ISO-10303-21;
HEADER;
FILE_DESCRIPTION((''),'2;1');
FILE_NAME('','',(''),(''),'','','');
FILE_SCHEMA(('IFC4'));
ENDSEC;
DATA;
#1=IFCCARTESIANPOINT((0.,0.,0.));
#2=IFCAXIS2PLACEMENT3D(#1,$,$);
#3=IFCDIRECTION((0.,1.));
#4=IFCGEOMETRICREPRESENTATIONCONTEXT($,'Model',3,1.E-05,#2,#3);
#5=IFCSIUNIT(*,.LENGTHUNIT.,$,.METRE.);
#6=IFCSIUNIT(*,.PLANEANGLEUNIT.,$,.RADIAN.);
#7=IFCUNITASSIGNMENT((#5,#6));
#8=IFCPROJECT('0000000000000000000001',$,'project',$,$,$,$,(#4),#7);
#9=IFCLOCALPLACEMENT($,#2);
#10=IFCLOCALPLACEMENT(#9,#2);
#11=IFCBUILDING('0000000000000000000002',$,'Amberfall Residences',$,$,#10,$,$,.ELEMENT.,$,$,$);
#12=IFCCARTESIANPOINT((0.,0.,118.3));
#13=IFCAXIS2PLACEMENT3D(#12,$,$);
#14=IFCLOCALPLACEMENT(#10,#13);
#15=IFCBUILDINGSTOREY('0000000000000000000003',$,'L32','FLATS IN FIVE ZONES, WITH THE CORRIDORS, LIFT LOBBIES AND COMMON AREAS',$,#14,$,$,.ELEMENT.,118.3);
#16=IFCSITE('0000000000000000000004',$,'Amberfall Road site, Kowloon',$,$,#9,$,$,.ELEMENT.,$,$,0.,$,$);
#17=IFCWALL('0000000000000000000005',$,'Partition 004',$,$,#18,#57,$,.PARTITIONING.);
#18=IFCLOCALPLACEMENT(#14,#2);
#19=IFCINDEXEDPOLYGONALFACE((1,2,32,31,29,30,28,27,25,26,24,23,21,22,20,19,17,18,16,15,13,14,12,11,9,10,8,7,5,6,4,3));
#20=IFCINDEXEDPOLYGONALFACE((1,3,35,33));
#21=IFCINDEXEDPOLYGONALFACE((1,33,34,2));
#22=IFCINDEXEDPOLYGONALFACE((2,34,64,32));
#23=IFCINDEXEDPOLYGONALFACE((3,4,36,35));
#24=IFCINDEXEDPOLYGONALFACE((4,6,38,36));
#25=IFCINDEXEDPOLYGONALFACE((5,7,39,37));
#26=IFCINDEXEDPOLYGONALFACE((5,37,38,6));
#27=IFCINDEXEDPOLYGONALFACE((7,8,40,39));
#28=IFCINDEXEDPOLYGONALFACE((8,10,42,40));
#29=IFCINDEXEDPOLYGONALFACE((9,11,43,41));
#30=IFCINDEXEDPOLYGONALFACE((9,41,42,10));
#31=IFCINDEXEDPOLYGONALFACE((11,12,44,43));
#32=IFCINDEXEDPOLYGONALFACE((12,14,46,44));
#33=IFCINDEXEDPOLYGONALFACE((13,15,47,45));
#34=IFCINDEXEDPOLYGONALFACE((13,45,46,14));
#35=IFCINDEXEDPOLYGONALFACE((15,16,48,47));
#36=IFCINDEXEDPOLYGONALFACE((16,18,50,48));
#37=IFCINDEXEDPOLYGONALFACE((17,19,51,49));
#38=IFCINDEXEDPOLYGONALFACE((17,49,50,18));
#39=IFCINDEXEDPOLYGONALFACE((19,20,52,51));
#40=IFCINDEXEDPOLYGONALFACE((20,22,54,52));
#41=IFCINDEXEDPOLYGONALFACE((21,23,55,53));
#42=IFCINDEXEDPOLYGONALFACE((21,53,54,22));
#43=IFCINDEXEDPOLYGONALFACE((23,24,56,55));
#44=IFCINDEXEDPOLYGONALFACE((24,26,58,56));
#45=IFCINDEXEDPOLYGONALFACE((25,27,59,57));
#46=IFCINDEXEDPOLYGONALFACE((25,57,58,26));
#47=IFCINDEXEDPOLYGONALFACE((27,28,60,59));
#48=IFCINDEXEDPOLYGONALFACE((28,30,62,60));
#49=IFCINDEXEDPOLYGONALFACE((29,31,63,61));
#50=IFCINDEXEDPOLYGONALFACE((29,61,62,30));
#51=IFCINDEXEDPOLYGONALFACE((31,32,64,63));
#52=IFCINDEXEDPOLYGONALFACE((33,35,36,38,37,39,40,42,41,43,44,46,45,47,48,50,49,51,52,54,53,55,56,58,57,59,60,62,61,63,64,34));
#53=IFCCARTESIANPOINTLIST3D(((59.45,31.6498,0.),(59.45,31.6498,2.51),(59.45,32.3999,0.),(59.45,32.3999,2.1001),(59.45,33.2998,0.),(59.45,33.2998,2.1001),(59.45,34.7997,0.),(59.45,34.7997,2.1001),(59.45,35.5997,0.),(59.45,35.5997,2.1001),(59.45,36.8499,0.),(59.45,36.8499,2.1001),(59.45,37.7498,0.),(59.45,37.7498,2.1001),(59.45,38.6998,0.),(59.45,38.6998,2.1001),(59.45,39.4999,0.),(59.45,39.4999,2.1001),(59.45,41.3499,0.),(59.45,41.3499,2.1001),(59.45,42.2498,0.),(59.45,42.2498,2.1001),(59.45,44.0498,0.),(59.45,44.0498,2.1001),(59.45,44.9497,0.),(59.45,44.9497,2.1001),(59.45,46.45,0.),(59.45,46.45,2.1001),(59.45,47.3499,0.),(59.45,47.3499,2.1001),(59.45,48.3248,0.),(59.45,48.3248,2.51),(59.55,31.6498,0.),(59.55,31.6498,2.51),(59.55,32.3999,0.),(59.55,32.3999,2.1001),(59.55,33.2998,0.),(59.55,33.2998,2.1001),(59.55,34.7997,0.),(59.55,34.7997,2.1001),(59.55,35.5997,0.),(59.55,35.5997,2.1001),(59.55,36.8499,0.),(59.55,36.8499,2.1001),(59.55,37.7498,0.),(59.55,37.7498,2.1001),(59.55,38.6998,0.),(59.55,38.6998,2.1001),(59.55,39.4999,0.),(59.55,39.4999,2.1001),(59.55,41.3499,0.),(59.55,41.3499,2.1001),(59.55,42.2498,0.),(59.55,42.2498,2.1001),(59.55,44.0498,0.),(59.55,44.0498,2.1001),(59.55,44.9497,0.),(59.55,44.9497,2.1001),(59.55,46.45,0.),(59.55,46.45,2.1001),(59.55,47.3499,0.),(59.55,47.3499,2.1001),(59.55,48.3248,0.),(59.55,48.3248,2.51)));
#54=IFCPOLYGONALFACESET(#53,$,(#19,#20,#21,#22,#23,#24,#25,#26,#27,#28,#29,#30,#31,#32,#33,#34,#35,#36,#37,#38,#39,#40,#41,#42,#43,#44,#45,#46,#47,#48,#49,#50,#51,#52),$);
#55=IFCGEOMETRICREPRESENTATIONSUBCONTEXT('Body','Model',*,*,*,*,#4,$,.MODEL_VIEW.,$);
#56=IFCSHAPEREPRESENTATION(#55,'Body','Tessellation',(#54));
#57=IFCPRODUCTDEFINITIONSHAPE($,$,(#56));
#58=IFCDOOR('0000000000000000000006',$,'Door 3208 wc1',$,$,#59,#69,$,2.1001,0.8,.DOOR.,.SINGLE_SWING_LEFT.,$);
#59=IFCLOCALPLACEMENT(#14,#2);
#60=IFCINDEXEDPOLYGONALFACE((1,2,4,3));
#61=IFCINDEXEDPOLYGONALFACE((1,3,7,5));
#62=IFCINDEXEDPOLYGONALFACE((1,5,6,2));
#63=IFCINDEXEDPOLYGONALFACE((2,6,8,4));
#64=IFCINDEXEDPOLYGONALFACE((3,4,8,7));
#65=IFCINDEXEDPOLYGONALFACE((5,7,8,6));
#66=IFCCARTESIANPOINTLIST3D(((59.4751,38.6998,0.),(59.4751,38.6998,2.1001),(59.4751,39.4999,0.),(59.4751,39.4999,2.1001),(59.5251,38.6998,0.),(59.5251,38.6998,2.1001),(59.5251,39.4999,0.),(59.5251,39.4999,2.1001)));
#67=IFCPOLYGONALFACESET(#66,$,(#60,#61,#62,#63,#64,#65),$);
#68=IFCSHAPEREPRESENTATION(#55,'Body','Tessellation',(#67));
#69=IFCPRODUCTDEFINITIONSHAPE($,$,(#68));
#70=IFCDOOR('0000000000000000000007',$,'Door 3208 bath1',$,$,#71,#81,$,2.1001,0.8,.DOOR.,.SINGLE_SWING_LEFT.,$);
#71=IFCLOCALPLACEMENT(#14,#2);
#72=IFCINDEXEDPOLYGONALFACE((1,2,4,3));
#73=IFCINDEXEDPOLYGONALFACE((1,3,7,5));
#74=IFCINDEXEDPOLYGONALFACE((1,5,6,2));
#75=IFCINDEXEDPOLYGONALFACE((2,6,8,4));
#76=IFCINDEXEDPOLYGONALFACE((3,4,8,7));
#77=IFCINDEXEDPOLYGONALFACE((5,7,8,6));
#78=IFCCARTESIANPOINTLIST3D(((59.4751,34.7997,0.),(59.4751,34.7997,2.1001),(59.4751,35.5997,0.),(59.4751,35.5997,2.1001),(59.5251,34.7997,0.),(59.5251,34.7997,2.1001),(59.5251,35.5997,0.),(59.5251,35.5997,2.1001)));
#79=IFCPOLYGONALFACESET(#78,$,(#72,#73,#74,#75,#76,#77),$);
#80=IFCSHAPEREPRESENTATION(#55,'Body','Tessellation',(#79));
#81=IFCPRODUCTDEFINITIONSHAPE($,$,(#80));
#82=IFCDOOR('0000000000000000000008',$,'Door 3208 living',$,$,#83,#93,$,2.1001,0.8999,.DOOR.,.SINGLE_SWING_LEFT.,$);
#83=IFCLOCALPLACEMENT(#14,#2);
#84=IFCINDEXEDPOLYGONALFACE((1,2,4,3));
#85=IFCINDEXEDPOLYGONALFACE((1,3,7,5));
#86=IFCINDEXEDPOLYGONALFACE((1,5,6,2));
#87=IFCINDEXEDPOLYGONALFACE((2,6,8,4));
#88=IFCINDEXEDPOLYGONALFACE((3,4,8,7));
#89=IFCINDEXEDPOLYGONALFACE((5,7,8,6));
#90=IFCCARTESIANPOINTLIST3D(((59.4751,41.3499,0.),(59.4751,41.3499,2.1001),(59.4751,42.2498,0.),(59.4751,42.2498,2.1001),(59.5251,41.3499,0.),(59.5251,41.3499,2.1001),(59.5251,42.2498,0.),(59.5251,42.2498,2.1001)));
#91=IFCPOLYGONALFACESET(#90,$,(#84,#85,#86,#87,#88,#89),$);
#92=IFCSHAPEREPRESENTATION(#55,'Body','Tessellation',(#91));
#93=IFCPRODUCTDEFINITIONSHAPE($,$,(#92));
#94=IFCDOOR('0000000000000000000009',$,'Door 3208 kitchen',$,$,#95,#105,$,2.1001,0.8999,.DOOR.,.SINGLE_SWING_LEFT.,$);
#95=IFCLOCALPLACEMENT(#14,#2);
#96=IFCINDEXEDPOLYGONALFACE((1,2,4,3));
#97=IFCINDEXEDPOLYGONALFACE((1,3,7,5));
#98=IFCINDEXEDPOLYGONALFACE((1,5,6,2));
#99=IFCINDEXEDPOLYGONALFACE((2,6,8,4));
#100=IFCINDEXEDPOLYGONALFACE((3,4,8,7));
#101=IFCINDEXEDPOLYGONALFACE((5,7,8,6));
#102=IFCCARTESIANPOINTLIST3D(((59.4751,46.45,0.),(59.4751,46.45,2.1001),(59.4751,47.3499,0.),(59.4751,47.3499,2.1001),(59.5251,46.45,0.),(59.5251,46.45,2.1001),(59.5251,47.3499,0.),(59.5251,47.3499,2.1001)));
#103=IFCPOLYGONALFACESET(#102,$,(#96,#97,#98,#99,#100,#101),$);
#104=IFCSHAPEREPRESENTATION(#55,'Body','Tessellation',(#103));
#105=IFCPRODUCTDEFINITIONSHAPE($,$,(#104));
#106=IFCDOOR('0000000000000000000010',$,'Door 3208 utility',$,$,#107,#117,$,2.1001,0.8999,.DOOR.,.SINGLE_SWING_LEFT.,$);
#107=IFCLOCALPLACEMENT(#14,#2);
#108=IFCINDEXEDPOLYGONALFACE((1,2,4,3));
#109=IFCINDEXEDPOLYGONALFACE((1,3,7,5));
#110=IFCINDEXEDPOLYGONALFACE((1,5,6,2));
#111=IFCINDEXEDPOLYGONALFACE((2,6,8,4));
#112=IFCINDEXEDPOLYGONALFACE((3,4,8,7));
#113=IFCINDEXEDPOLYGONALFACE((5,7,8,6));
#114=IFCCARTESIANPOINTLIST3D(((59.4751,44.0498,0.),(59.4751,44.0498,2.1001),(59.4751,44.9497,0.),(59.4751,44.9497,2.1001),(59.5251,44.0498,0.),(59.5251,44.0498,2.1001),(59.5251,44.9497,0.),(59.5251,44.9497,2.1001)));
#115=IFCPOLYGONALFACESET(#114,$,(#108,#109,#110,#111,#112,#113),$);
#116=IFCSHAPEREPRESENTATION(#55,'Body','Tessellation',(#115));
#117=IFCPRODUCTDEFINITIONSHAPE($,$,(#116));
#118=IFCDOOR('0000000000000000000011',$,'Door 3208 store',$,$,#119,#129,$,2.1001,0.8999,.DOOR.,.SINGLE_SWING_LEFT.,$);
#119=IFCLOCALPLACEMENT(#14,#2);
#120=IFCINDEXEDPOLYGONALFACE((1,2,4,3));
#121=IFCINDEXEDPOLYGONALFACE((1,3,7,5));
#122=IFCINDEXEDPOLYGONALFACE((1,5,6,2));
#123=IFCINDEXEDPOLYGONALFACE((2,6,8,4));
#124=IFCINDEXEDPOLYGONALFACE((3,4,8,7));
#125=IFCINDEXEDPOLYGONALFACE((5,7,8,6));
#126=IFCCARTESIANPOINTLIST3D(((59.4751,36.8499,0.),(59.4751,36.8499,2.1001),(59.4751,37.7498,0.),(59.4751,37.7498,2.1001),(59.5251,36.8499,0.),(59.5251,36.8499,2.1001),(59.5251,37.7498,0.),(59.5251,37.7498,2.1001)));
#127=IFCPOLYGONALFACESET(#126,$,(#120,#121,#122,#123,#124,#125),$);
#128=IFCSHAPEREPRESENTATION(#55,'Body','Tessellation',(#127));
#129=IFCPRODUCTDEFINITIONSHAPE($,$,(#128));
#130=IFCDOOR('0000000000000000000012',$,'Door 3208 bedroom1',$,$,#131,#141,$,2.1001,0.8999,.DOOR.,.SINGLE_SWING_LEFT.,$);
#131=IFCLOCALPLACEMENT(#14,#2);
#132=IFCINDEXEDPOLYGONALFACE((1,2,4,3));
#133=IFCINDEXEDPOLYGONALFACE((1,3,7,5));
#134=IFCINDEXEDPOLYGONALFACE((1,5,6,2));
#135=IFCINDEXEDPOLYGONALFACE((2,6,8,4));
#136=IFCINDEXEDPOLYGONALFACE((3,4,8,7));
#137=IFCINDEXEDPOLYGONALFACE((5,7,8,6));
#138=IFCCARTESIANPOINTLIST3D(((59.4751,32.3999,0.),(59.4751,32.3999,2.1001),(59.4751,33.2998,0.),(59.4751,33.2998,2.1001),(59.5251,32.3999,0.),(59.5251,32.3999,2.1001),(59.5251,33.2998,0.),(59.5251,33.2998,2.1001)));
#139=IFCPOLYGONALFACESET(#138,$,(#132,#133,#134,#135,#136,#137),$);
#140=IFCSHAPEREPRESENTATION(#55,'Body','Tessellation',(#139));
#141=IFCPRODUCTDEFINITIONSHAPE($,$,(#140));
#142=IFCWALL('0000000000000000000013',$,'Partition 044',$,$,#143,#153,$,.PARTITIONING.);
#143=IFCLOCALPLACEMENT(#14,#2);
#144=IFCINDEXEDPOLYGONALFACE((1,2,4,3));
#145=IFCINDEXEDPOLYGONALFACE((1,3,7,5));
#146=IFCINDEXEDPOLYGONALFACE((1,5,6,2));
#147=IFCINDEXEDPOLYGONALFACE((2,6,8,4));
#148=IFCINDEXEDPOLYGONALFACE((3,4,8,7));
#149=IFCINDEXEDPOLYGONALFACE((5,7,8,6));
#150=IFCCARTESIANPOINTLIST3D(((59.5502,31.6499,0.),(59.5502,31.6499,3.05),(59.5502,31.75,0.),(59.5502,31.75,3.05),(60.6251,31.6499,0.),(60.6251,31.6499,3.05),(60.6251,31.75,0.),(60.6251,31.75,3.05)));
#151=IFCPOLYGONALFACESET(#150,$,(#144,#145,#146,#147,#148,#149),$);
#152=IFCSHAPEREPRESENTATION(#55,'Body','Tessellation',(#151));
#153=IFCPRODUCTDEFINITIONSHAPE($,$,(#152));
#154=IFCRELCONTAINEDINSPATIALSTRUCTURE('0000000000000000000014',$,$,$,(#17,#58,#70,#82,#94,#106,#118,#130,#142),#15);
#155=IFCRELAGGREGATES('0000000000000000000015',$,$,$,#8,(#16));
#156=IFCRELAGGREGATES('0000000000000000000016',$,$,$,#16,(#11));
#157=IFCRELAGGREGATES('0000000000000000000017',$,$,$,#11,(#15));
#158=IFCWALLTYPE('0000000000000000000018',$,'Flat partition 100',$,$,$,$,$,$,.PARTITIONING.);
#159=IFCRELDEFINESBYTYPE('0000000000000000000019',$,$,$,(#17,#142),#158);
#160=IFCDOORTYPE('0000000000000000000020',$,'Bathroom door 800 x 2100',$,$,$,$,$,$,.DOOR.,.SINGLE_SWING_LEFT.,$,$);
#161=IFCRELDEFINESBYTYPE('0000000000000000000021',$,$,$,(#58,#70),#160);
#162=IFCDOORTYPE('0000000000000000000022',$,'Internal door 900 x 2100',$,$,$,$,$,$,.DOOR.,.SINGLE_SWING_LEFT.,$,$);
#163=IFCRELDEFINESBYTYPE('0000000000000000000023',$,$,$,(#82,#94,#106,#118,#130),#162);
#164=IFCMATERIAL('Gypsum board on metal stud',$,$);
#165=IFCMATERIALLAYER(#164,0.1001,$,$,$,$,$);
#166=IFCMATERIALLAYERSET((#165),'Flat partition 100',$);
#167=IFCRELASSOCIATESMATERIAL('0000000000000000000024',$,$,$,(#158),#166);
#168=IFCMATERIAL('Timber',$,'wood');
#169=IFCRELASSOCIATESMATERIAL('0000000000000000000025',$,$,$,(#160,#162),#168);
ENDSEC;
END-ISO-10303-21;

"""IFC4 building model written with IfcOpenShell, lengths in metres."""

from ifc_helpers import new_model, si_unit, direction, frame, frame_2d, origin, place, context, subcontext, project, spatial, rectangle, extrude, material, layer, layer_set, type_object, element, fill, save


model = new_model("IFC4")

# Units and contexts
model_context = context("Model", 3, precision=1e-05, world=origin(), true_north=direction((0.0, 1.0)))
body_context = subcontext(model_context, "Body", "Model", "MODEL_VIEW")
ifc_project = project(units=[si_unit("LENGTHUNIT", "METRE"), si_unit("PLANEANGLEUNIT", "RADIAN")], contexts=[model_context])

# Site, building, storey
site_placement = place(None, origin())
site = spatial("IfcSite", under=ifc_project, at=site_placement, Name="Amberfall Road site, Kowloon", CompositionType="ELEMENT", RefElevation=0.0)
building_placement = place(site_placement, origin())
building = spatial("IfcBuilding", under=site, at=building_placement, Name="Amberfall Residences", CompositionType="ELEMENT")
storey_placement = place(building_placement, frame((0.0, 0.0, 118.3)))
storey = spatial("IfcBuildingStorey", under=building, at=storey_placement, Name="L32", Description="FLATS IN FIVE ZONES, WITH THE CORRIDORS, LIFT LOBBIES AND COMMON AREAS", CompositionType="ELEMENT", Elevation=118.3)

# Wall, openings, doors
ifc_material_1 = material(Name="Gypsum board on metal stud")
ifc_layer_1 = layer(ifc_material_1, 0.1001)
ifc_layer_set_1 = layer_set([ifc_layer_1], Name="Flat partition 100")
wall_type_1 = type_object("IfcWallType", Name="Flat partition 100", PredefinedType="PARTITIONING", material=ifc_layer_set_1)
wall_1_placement = place(storey_placement, frame((59.5, 31.6499, 0.0), z_axis=(0.0, 0.0, 1.0), x_axis=(0.0, 1.0, 0.0)))
wall_1 = element("IfcWall", 1, at=wall_1_placement, inside=storey, type_object=wall_type_1, Name="Partition 004", PredefinedType="PARTITIONING", context=body_context, shape_type="SweptSolid", body=[
    extrude(rectangle(XDim=16.675, YDim=0.1001, at=frame_2d((8.3374, 0.0))), origin(), (0.0, 0.0, 1.0), 2.51),
])
opening_1_placement = place(wall_1_placement, frame((9.7, 0.0, 0.0)))
opening_1 = element("IfcOpeningElement", 2, at=opening_1_placement, cuts=wall_1, PredefinedType="OPENING", context=body_context, shape_type="SweptSolid", body=[
    extrude(rectangle(XDim=0.8999, YDim=2.1001, at=frame_2d((0.45, 1.05))), frame((0.0, 0.0601, 0.0), z_axis=(0.0, -1.0, 0.0), x_axis=(1.0, 0.0, 0.0)), (0.0, 0.0, 1.0), 0.1201),
])
opening_2_placement = place(wall_1_placement, frame((14.8, 0.0, 0.0)))
opening_2 = element("IfcOpeningElement", 3, at=opening_2_placement, cuts=wall_1, PredefinedType="OPENING", context=body_context, shape_type="SweptSolid", body=[
    extrude(rectangle(XDim=0.8999, YDim=2.1001, at=frame_2d((0.45, 1.05))), frame((0.0, 0.0601, 0.0), z_axis=(0.0, -1.0, 0.0), x_axis=(1.0, 0.0, 0.0)), (0.0, 0.0, 1.0), 0.1201),
])
opening_3_placement = place(wall_1_placement, frame((12.3999, 0.0, 0.0)))
opening_3 = element("IfcOpeningElement", 4, at=opening_3_placement, cuts=wall_1, PredefinedType="OPENING", context=body_context, shape_type="SweptSolid", body=[
    extrude(rectangle(XDim=0.8999, YDim=2.1001, at=frame_2d((0.45, 1.05))), frame((0.0, 0.0601, 0.0), z_axis=(0.0, -1.0, 0.0), x_axis=(1.0, 0.0, 0.0)), (0.0, 0.0, 1.0), 0.1201),
])
opening_4_placement = place(wall_1_placement, frame((5.2, 0.0, 0.0)))
opening_4 = element("IfcOpeningElement", 5, at=opening_4_placement, cuts=wall_1, PredefinedType="OPENING", context=body_context, shape_type="SweptSolid", body=[
    extrude(rectangle(XDim=0.8999, YDim=2.1001, at=frame_2d((0.45, 1.05))), frame((0.0, 0.0601, 0.0), z_axis=(0.0, -1.0, 0.0), x_axis=(1.0, 0.0, 0.0)), (0.0, 0.0, 1.0), 0.1201),
])
opening_5_placement = place(wall_1_placement, frame((7.05, 0.0, 0.0)))
opening_5 = element("IfcOpeningElement", 6, at=opening_5_placement, cuts=wall_1, PredefinedType="OPENING", context=body_context, shape_type="SweptSolid", body=[
    extrude(rectangle(XDim=0.8, YDim=2.1001, at=frame_2d((0.3999, 1.05))), frame((0.0, 0.0601, 0.0), z_axis=(0.0, -1.0, 0.0), x_axis=(1.0, 0.0, 0.0)), (0.0, 0.0, 1.0), 0.1201),
])
opening_6_placement = place(wall_1_placement, frame((0.75, 0.0, 0.0)))
opening_6 = element("IfcOpeningElement", 7, at=opening_6_placement, cuts=wall_1, PredefinedType="OPENING", context=body_context, shape_type="SweptSolid", body=[
    extrude(rectangle(XDim=0.8999, YDim=2.1001, at=frame_2d((0.45, 1.05))), frame((0.0, 0.0601, 0.0), z_axis=(0.0, -1.0, 0.0), x_axis=(1.0, 0.0, 0.0)), (0.0, 0.0, 1.0), 0.1201),
])
opening_7_placement = place(wall_1_placement, frame((3.1499, 0.0, 0.0)))
opening_7 = element("IfcOpeningElement", 8, at=opening_7_placement, cuts=wall_1, PredefinedType="OPENING", context=body_context, shape_type="SweptSolid", body=[
    extrude(rectangle(XDim=0.8, YDim=2.1001, at=frame_2d((0.3999, 1.05))), frame((0.0, 0.0601, 0.0), z_axis=(0.0, -1.0, 0.0), x_axis=(1.0, 0.0, 0.0)), (0.0, 0.0, 1.0), 0.1201),
])
ifc_material_2 = material(Name="Timber", Category="wood")
door_type_1 = type_object("IfcDoorType", Name="Bathroom door 800 x 2100", OperationType="SINGLE_SWING_LEFT", PredefinedType="DOOR", material=ifc_material_2)
door_1_placement = place(opening_5_placement, origin())
door_1 = element("IfcDoor", 9, at=door_1_placement, inside=storey, type_object=door_type_1, Name="Door 3208 wc1", OperationType="SINGLE_SWING_LEFT", OverallHeight=2.1001, OverallWidth=0.8, PredefinedType="DOOR", context=body_context, shape_type="SweptSolid", body=[
    extrude(rectangle(XDim=0.8, YDim=2.1001, at=frame_2d((0.3999, 1.05))), frame((0.0, 0.0249, 0.0), z_axis=(0.0, -1.0, 0.0), x_axis=(1.0, 0.0, 0.0)), (0.0, 0.0, 1.0), 0.05),
])
fill(opening_5, door_1)
door_2_placement = place(opening_7_placement, origin())
door_2 = element("IfcDoor", 10, at=door_2_placement, inside=storey, type_object=door_type_1, Name="Door 3208 bath1", OperationType="SINGLE_SWING_LEFT", OverallHeight=2.1001, OverallWidth=0.8, PredefinedType="DOOR", context=body_context, shape_type="SweptSolid", body=[
    extrude(rectangle(XDim=0.8, YDim=2.1001, at=frame_2d((0.3999, 1.05))), frame((0.0, 0.0249, 0.0), z_axis=(0.0, -1.0, 0.0), x_axis=(1.0, 0.0, 0.0)), (0.0, 0.0, 1.0), 0.05),
])
fill(opening_7, door_2)
door_type_2 = type_object("IfcDoorType", Name="Internal door 900 x 2100", OperationType="SINGLE_SWING_LEFT", PredefinedType="DOOR", material=ifc_material_2)
door_3_placement = place(opening_1_placement, origin())
door_3 = element("IfcDoor", 11, at=door_3_placement, inside=storey, type_object=door_type_2, Name="Door 3208 living", OperationType="SINGLE_SWING_LEFT", OverallHeight=2.1001, OverallWidth=0.8999, PredefinedType="DOOR", context=body_context, shape_type="SweptSolid", body=[
    extrude(rectangle(XDim=0.8999, YDim=2.1001, at=frame_2d((0.45, 1.05))), frame((0.0, 0.0249, 0.0), z_axis=(0.0, -1.0, 0.0), x_axis=(1.0, 0.0, 0.0)), (0.0, 0.0, 1.0), 0.05),
])
fill(opening_1, door_3)
door_4_placement = place(opening_2_placement, origin())
door_4 = element("IfcDoor", 12, at=door_4_placement, inside=storey, type_object=door_type_2, Name="Door 3208 kitchen", OperationType="SINGLE_SWING_LEFT", OverallHeight=2.1001, OverallWidth=0.8999, PredefinedType="DOOR", context=body_context, shape_type="SweptSolid", body=[
    extrude(rectangle(XDim=0.8999, YDim=2.1001, at=frame_2d((0.45, 1.05))), frame((0.0, 0.0249, 0.0), z_axis=(0.0, -1.0, 0.0), x_axis=(1.0, 0.0, 0.0)), (0.0, 0.0, 1.0), 0.05),
])
fill(opening_2, door_4)
door_5_placement = place(opening_3_placement, origin())
door_5 = element("IfcDoor", 13, at=door_5_placement, inside=storey, type_object=door_type_2, Name="Door 3208 utility", OperationType="SINGLE_SWING_LEFT", OverallHeight=2.1001, OverallWidth=0.8999, PredefinedType="DOOR", context=body_context, shape_type="SweptSolid", body=[
    extrude(rectangle(XDim=0.8999, YDim=2.1001, at=frame_2d((0.45, 1.05))), frame((0.0, 0.0249, 0.0), z_axis=(0.0, -1.0, 0.0), x_axis=(1.0, 0.0, 0.0)), (0.0, 0.0, 1.0), 0.05),
])
fill(opening_3, door_5)
door_6_placement = place(opening_4_placement, origin())
door_6 = element("IfcDoor", 14, at=door_6_placement, inside=storey, type_object=door_type_2, Name="Door 3208 store", OperationType="SINGLE_SWING_LEFT", OverallHeight=2.1001, OverallWidth=0.8999, PredefinedType="DOOR", context=body_context, shape_type="SweptSolid", body=[
    extrude(rectangle(XDim=0.8999, YDim=2.1001, at=frame_2d((0.45, 1.05))), frame((0.0, 0.0249, 0.0), z_axis=(0.0, -1.0, 0.0), x_axis=(1.0, 0.0, 0.0)), (0.0, 0.0, 1.0), 0.05),
])
fill(opening_4, door_6)
door_7_placement = place(opening_6_placement, origin())
door_7 = element("IfcDoor", 15, at=door_7_placement, inside=storey, type_object=door_type_2, Name="Door 3208 bedroom1", OperationType="SINGLE_SWING_LEFT", OverallHeight=2.1001, OverallWidth=0.8999, PredefinedType="DOOR", context=body_context, shape_type="SweptSolid", body=[
    extrude(rectangle(XDim=0.8999, YDim=2.1001, at=frame_2d((0.45, 1.05))), frame((0.0, 0.0249, 0.0), z_axis=(0.0, -1.0, 0.0), x_axis=(1.0, 0.0, 0.0)), (0.0, 0.0, 1.0), 0.05),
])
fill(opening_6, door_7)

# Wall
wall_2_placement = place(storey_placement, frame((59.55, 31.7, 0.0), z_axis=(0.0, 0.0, 1.0), x_axis=(1.0, 0.0, 0.0)))
element("IfcWall", 16, at=wall_2_placement, inside=storey, type_object=wall_type_1, Name="Partition 044", PredefinedType="PARTITIONING", context=body_context, shape_type="SweptSolid", body=[
    extrude(rectangle(XDim=1.075, YDim=0.1001, at=frame_2d((0.5376, 0.0))), origin(), (0.0, 0.0, 1.0), 3.05),
])

save(model, "model.ifc")
